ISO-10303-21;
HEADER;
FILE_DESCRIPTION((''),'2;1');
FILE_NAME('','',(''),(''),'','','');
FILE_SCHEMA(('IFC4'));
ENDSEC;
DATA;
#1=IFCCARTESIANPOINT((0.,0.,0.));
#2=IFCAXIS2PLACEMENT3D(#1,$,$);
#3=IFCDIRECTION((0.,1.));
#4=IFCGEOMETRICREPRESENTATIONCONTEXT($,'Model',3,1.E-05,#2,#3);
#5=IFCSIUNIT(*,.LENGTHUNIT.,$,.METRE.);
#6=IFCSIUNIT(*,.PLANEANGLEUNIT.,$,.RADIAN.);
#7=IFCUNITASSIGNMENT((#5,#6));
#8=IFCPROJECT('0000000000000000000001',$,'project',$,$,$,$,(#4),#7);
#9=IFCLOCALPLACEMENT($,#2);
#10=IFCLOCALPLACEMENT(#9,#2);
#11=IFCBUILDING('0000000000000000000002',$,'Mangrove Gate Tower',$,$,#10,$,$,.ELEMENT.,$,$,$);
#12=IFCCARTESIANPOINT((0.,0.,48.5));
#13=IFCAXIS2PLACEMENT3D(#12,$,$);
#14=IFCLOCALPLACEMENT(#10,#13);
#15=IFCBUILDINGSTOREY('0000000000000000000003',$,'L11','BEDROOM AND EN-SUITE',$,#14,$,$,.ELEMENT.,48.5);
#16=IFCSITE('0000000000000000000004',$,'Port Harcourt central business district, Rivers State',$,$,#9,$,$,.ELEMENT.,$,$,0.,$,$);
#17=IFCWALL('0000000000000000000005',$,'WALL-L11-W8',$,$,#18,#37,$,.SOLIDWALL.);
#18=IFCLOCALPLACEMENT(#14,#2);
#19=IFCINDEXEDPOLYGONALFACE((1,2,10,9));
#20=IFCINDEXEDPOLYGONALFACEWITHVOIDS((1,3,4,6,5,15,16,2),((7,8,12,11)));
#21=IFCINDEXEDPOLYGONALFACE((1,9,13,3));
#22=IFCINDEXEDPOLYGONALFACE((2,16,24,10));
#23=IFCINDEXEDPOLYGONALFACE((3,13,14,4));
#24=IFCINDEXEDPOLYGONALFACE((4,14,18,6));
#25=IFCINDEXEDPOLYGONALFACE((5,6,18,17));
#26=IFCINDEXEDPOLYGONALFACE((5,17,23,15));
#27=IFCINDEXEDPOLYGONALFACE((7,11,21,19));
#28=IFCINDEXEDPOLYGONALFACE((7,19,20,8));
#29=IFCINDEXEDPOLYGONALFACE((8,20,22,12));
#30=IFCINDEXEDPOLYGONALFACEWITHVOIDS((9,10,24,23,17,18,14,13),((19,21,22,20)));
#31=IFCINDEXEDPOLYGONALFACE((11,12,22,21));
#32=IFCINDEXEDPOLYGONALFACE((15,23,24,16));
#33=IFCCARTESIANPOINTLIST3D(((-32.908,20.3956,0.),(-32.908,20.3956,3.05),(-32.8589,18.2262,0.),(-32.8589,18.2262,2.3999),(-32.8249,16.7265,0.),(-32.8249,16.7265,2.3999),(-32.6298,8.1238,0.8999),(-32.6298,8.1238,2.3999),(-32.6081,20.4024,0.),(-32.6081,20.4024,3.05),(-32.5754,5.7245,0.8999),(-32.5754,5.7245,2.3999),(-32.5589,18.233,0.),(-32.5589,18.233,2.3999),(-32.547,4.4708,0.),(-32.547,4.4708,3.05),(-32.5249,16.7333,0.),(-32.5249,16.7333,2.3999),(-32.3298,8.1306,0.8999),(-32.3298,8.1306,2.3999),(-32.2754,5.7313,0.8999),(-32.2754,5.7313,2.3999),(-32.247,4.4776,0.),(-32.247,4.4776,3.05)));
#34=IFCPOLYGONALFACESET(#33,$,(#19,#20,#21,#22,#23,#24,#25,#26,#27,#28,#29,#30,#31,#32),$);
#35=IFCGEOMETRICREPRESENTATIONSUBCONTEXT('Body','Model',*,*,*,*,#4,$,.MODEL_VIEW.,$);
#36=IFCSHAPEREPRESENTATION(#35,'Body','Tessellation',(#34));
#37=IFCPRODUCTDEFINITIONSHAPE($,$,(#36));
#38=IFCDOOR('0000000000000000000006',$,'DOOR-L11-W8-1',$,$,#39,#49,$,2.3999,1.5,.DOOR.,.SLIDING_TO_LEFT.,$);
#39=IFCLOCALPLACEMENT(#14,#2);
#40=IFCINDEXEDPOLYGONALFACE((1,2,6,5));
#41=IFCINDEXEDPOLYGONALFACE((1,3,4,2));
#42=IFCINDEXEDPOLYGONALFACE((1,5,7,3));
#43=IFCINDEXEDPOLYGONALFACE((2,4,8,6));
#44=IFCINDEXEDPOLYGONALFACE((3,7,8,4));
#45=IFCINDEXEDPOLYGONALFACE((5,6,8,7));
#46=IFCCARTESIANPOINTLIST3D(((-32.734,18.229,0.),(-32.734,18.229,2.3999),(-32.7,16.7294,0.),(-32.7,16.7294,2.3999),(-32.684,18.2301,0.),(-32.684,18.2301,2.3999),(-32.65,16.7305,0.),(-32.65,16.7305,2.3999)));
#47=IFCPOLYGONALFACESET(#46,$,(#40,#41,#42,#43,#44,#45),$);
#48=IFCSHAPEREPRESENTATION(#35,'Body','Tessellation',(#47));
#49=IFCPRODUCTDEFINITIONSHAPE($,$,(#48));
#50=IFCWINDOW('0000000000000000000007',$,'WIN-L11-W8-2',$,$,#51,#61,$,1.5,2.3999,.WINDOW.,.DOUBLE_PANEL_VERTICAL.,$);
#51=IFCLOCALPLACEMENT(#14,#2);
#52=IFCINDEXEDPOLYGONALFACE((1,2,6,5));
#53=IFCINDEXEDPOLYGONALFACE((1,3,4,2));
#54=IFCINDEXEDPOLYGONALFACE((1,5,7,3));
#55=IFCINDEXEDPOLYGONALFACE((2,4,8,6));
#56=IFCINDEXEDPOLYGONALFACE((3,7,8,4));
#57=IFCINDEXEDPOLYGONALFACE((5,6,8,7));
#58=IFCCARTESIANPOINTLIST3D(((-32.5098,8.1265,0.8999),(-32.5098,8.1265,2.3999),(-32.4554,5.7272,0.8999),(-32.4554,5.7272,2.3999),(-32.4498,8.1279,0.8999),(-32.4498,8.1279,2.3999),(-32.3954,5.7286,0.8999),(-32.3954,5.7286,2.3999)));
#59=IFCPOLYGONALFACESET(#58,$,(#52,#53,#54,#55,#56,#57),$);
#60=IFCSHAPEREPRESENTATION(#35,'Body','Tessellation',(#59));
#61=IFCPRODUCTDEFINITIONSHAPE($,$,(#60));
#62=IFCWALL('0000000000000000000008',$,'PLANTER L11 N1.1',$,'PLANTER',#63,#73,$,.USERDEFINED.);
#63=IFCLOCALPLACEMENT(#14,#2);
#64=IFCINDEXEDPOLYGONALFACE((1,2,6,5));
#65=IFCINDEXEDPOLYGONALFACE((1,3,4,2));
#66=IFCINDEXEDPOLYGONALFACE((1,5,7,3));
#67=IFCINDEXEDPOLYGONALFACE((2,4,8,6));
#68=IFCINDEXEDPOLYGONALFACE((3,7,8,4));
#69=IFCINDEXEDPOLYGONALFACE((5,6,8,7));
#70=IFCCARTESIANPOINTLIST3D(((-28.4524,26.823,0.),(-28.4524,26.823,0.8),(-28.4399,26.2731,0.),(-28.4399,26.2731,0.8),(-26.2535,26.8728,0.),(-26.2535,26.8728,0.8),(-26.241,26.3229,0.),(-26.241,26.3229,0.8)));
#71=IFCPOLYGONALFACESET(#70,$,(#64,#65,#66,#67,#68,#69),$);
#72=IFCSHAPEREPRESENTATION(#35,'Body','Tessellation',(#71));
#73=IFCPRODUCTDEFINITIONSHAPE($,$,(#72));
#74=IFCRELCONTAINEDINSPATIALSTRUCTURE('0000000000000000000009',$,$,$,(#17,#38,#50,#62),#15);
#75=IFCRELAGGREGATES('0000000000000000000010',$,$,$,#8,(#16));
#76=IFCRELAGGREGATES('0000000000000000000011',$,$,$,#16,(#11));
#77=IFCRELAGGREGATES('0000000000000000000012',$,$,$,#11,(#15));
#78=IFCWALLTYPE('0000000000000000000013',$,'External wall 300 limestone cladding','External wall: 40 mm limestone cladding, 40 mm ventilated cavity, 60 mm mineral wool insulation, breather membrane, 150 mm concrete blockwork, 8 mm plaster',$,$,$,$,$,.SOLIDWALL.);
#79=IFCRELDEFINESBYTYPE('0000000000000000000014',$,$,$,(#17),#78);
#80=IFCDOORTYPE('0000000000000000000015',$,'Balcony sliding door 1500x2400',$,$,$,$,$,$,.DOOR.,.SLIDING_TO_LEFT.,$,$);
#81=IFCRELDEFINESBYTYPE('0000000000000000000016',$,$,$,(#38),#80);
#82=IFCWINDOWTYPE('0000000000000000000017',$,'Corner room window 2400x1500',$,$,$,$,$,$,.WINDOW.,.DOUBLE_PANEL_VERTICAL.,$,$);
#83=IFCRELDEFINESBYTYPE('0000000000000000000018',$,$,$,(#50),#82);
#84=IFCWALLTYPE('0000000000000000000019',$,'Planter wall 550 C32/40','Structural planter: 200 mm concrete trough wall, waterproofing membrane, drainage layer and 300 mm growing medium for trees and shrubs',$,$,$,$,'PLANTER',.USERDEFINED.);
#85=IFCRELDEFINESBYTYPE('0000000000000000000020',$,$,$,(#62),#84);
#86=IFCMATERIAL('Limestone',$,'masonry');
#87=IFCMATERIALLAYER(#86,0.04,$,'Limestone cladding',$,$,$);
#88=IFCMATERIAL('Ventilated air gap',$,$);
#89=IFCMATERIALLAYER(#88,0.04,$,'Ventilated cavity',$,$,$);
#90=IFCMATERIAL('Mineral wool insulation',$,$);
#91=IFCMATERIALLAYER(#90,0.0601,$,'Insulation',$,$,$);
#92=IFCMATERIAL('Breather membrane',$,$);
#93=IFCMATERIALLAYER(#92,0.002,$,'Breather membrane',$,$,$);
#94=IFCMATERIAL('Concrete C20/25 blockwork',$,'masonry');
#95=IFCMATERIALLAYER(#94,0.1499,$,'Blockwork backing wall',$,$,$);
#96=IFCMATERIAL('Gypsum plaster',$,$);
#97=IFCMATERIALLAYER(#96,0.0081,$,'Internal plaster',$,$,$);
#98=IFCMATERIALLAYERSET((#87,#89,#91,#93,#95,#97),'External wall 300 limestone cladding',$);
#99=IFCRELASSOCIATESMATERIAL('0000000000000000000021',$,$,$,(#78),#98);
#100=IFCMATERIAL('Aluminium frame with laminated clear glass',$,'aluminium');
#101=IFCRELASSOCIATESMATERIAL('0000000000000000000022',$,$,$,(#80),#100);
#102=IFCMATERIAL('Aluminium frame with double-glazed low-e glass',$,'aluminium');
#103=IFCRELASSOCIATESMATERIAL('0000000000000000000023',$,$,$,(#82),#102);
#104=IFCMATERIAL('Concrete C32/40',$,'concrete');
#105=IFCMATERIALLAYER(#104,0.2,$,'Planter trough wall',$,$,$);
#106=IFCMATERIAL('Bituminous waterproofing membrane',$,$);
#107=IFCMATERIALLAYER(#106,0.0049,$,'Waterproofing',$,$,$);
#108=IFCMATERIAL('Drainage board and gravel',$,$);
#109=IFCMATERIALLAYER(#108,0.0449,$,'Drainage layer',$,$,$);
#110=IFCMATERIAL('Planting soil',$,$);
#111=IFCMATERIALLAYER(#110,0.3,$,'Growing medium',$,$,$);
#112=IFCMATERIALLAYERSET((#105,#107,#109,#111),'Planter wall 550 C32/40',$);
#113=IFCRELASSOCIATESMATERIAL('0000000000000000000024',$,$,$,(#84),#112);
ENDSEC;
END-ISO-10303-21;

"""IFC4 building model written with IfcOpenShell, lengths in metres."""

from ifc_helpers import new_model, si_unit, direction, frame, frame_2d, origin, place, context, subcontext, project, spatial, rectangle, extrude, material, layer, layer_set, type_object, element, fill, save


model = new_model("IFC4")

# Units and contexts
model_context = context("Model", 3, precision=1e-05, world=origin(), true_north=direction((0.0, 1.0)))
body_context = subcontext(model_context, "Body", "Model", "MODEL_VIEW")
ifc_project = project(units=[si_unit("LENGTHUNIT", "METRE"), si_unit("PLANEANGLEUNIT", "RADIAN")], contexts=[model_context])

# Site, building, storey
site_placement = place(None, origin())
site = spatial("IfcSite", under=ifc_project, at=site_placement, Name="Port Harcourt central business district, Rivers State", CompositionType="ELEMENT", RefElevation=0.0)
building_placement = place(site_placement, origin())
building = spatial("IfcBuilding", under=site, at=building_placement, Name="Mangrove Gate Tower", CompositionType="ELEMENT")
storey_placement = place(building_placement, frame((0.0, 0.0, 48.5)))
storey = spatial("IfcBuildingStorey", under=building, at=storey_placement, Name="L11", Description="BEDROOM AND EN-SUITE", CompositionType="ELEMENT", Elevation=48.5)

# Shared definitions
ifc_material_1 = material(Name="Limestone", Category="masonry")
ifc_layer_1 = layer(ifc_material_1, 0.04, Name="Limestone cladding")
ifc_material_2 = material(Name="Ventilated air gap")
ifc_layer_2 = layer(ifc_material_2, 0.04, Name="Ventilated cavity")
ifc_material_3 = material(Name="Mineral wool insulation")
ifc_layer_3 = layer(ifc_material_3, 0.0601, Name="Insulation")
ifc_material_4 = material(Name="Breather membrane")
ifc_layer_4 = layer(ifc_material_4, 0.002, Name="Breather membrane")
ifc_material_5 = material(Name="Concrete C20/25 blockwork", Category="masonry")
ifc_layer_5 = layer(ifc_material_5, 0.1499, Name="Blockwork backing wall")
ifc_material_6 = material(Name="Gypsum plaster")
ifc_layer_6 = layer(ifc_material_6, 0.0081, Name="Internal plaster")
ifc_layer_set_1 = layer_set([ifc_layer_1, ifc_layer_2, ifc_layer_3, ifc_layer_4, ifc_layer_5, ifc_layer_6], Name="External wall 300 limestone cladding")
wall_type_1 = type_object("IfcWallType", Name="External wall 300 limestone cladding", Description="External wall: 40 mm limestone cladding, 40 mm ventilated cavity, 60 mm mineral wool insulation, breather membrane, 150 mm concrete blockwork, 8 mm plaster", PredefinedType="SOLIDWALL", material=ifc_layer_set_1)

# Wall, openings, door, window
wall_1_placement = place(storey_placement, frame((-32.7581, 20.3989, 0.0), z_axis=(0.0, 0.0, 1.0), x_axis=(0.022668, -0.999743, 0.0)))
wall_1 = element("IfcWall", 1, at=wall_1_placement, inside=storey, type_object=wall_type_1, Name="WALL-L11-W8", PredefinedType="SOLIDWALL", context=body_context, shape_type="SweptSolid", body=[
    extrude(rectangle(XDim=15.929, YDim=0.3, at=frame_2d((7.9644, 0.0))), origin(), (0.0, 0.0, 1.0), 3.05),
])
opening_1_placement = place(wall_1_placement, frame((2.1699, 0.0, 0.0)))
opening_1 = element("IfcOpeningElement", 2, at=opening_1_placement, cuts=wall_1, PredefinedType="OPENING", context=body_context, shape_type="SweptSolid", body=[
    extrude(rectangle(XDim=1.5, YDim=2.3999, at=frame_2d((0.75, 1.2))), frame((0.0, 0.1599, 0.0), z_axis=(0.0, -1.0, 0.0), x_axis=(1.0, 0.0, 0.0)), (0.0, 0.0, 1.0), 0.3201),
])
opening_2_placement = place(wall_1_placement, frame((12.2749, 0.0, 0.8999)))
opening_2 = element("IfcOpeningElement", 3, at=opening_2_placement, cuts=wall_1, PredefinedType="OPENING", context=body_context, shape_type="SweptSolid", body=[
    extrude(rectangle(XDim=2.3999, YDim=1.5, at=frame_2d((1.2, 0.75))), frame((0.0, 0.1599, 0.0), z_axis=(0.0, -1.0, 0.0), x_axis=(1.0, 0.0, 0.0)), (0.0, 0.0, 1.0), 0.3201),
])
ifc_material_7 = material(Name="Aluminium frame with laminated clear glass", Category="aluminium")
door_type = type_object("IfcDoorType", Name="Balcony sliding door 1500x2400", OperationType="SLIDING_TO_LEFT", PredefinedType="DOOR", material=ifc_material_7)
door_placement = place(opening_1_placement, origin())
door = element("IfcDoor", 4, at=door_placement, inside=storey, type_object=door_type, Name="DOOR-L11-W8-1", OperationType="SLIDING_TO_LEFT", OverallHeight=2.3999, OverallWidth=1.5, PredefinedType="DOOR", context=body_context, shape_type="SweptSolid", body=[
    extrude(rectangle(XDim=1.5, YDim=2.3999, at=frame_2d((0.75, 1.2))), frame((0.0, 0.0249, 0.0), z_axis=(0.0, -1.0, 0.0), x_axis=(1.0, 0.0, 0.0)), (0.0, 0.0, 1.0), 0.05),
])
fill(opening_1, door)
ifc_material_8 = material(Name="Aluminium frame with double-glazed low-e glass", Category="aluminium")
window_type_1 = type_object("IfcWindowType", Name="Corner room window 2400x1500", PartitioningType="DOUBLE_PANEL_VERTICAL", PredefinedType="WINDOW", material=ifc_material_8)
window_1_placement = place(opening_2_placement, origin())
window_1 = element("IfcWindow", 5, at=window_1_placement, inside=storey, type_object=window_type_1, Name="WIN-L11-W8-2", OverallHeight=1.5, OverallWidth=2.3999, PartitioningType="DOUBLE_PANEL_VERTICAL", PredefinedType="WINDOW", context=body_context, shape_type="SweptSolid", body=[
    extrude(rectangle(XDim=2.3999, YDim=1.5, at=frame_2d((1.2, 0.75))), frame((0.0, 0.03, 0.0), z_axis=(0.0, -1.0, 0.0), x_axis=(1.0, 0.0, 0.0)), (0.0, 0.0, 1.0), 0.0601),
])
fill(opening_2, window_1)

# Wall
ifc_material_9 = material(Name="Concrete C32/40", Category="concrete")
ifc_layer_7 = layer(ifc_material_9, 0.2, Name="Planter trough wall")
ifc_material_10 = material(Name="Bituminous waterproofing membrane")
ifc_layer_8 = layer(ifc_material_10, 0.0049, Name="Waterproofing")
ifc_material_11 = material(Name="Drainage board and gravel")
ifc_layer_9 = layer(ifc_material_11, 0.0449, Name="Drainage layer")
ifc_material_12 = material(Name="Planting soil")
ifc_layer_10 = layer(ifc_material_12, 0.3, Name="Growing medium")
ifc_layer_set_2 = layer_set([ifc_layer_7, ifc_layer_8, ifc_layer_9, ifc_layer_10], Name="Planter wall 550 C32/40")
wall_type_2 = type_object("IfcWallType", Name="Planter wall 550 C32/40", Description="Structural planter: 200 mm concrete trough wall, waterproofing membrane, drainage layer and 300 mm growing medium for trees and shrubs", ElementType="PLANTER", PredefinedType="USERDEFINED", material=ifc_layer_set_2)
wall_2_placement = place(storey_placement, frame((-28.446, 26.5481, 0.0), z_axis=(0.0, 0.0, 1.0), x_axis=(0.999744, 0.022643, 0.0)))
element("IfcWall", 6, at=wall_2_placement, inside=storey, type_object=wall_type_2, Name="PLANTER L11 N1.1", ObjectType="PLANTER", PredefinedType="USERDEFINED", context=body_context, shape_type="SweptSolid", body=[
    extrude(rectangle(XDim=2.1995, YDim=0.55, at=frame_2d((1.0996, 0.0))), origin(), (0.0, 0.0, 1.0), 0.8),
])

save(model, "model.ifc")
